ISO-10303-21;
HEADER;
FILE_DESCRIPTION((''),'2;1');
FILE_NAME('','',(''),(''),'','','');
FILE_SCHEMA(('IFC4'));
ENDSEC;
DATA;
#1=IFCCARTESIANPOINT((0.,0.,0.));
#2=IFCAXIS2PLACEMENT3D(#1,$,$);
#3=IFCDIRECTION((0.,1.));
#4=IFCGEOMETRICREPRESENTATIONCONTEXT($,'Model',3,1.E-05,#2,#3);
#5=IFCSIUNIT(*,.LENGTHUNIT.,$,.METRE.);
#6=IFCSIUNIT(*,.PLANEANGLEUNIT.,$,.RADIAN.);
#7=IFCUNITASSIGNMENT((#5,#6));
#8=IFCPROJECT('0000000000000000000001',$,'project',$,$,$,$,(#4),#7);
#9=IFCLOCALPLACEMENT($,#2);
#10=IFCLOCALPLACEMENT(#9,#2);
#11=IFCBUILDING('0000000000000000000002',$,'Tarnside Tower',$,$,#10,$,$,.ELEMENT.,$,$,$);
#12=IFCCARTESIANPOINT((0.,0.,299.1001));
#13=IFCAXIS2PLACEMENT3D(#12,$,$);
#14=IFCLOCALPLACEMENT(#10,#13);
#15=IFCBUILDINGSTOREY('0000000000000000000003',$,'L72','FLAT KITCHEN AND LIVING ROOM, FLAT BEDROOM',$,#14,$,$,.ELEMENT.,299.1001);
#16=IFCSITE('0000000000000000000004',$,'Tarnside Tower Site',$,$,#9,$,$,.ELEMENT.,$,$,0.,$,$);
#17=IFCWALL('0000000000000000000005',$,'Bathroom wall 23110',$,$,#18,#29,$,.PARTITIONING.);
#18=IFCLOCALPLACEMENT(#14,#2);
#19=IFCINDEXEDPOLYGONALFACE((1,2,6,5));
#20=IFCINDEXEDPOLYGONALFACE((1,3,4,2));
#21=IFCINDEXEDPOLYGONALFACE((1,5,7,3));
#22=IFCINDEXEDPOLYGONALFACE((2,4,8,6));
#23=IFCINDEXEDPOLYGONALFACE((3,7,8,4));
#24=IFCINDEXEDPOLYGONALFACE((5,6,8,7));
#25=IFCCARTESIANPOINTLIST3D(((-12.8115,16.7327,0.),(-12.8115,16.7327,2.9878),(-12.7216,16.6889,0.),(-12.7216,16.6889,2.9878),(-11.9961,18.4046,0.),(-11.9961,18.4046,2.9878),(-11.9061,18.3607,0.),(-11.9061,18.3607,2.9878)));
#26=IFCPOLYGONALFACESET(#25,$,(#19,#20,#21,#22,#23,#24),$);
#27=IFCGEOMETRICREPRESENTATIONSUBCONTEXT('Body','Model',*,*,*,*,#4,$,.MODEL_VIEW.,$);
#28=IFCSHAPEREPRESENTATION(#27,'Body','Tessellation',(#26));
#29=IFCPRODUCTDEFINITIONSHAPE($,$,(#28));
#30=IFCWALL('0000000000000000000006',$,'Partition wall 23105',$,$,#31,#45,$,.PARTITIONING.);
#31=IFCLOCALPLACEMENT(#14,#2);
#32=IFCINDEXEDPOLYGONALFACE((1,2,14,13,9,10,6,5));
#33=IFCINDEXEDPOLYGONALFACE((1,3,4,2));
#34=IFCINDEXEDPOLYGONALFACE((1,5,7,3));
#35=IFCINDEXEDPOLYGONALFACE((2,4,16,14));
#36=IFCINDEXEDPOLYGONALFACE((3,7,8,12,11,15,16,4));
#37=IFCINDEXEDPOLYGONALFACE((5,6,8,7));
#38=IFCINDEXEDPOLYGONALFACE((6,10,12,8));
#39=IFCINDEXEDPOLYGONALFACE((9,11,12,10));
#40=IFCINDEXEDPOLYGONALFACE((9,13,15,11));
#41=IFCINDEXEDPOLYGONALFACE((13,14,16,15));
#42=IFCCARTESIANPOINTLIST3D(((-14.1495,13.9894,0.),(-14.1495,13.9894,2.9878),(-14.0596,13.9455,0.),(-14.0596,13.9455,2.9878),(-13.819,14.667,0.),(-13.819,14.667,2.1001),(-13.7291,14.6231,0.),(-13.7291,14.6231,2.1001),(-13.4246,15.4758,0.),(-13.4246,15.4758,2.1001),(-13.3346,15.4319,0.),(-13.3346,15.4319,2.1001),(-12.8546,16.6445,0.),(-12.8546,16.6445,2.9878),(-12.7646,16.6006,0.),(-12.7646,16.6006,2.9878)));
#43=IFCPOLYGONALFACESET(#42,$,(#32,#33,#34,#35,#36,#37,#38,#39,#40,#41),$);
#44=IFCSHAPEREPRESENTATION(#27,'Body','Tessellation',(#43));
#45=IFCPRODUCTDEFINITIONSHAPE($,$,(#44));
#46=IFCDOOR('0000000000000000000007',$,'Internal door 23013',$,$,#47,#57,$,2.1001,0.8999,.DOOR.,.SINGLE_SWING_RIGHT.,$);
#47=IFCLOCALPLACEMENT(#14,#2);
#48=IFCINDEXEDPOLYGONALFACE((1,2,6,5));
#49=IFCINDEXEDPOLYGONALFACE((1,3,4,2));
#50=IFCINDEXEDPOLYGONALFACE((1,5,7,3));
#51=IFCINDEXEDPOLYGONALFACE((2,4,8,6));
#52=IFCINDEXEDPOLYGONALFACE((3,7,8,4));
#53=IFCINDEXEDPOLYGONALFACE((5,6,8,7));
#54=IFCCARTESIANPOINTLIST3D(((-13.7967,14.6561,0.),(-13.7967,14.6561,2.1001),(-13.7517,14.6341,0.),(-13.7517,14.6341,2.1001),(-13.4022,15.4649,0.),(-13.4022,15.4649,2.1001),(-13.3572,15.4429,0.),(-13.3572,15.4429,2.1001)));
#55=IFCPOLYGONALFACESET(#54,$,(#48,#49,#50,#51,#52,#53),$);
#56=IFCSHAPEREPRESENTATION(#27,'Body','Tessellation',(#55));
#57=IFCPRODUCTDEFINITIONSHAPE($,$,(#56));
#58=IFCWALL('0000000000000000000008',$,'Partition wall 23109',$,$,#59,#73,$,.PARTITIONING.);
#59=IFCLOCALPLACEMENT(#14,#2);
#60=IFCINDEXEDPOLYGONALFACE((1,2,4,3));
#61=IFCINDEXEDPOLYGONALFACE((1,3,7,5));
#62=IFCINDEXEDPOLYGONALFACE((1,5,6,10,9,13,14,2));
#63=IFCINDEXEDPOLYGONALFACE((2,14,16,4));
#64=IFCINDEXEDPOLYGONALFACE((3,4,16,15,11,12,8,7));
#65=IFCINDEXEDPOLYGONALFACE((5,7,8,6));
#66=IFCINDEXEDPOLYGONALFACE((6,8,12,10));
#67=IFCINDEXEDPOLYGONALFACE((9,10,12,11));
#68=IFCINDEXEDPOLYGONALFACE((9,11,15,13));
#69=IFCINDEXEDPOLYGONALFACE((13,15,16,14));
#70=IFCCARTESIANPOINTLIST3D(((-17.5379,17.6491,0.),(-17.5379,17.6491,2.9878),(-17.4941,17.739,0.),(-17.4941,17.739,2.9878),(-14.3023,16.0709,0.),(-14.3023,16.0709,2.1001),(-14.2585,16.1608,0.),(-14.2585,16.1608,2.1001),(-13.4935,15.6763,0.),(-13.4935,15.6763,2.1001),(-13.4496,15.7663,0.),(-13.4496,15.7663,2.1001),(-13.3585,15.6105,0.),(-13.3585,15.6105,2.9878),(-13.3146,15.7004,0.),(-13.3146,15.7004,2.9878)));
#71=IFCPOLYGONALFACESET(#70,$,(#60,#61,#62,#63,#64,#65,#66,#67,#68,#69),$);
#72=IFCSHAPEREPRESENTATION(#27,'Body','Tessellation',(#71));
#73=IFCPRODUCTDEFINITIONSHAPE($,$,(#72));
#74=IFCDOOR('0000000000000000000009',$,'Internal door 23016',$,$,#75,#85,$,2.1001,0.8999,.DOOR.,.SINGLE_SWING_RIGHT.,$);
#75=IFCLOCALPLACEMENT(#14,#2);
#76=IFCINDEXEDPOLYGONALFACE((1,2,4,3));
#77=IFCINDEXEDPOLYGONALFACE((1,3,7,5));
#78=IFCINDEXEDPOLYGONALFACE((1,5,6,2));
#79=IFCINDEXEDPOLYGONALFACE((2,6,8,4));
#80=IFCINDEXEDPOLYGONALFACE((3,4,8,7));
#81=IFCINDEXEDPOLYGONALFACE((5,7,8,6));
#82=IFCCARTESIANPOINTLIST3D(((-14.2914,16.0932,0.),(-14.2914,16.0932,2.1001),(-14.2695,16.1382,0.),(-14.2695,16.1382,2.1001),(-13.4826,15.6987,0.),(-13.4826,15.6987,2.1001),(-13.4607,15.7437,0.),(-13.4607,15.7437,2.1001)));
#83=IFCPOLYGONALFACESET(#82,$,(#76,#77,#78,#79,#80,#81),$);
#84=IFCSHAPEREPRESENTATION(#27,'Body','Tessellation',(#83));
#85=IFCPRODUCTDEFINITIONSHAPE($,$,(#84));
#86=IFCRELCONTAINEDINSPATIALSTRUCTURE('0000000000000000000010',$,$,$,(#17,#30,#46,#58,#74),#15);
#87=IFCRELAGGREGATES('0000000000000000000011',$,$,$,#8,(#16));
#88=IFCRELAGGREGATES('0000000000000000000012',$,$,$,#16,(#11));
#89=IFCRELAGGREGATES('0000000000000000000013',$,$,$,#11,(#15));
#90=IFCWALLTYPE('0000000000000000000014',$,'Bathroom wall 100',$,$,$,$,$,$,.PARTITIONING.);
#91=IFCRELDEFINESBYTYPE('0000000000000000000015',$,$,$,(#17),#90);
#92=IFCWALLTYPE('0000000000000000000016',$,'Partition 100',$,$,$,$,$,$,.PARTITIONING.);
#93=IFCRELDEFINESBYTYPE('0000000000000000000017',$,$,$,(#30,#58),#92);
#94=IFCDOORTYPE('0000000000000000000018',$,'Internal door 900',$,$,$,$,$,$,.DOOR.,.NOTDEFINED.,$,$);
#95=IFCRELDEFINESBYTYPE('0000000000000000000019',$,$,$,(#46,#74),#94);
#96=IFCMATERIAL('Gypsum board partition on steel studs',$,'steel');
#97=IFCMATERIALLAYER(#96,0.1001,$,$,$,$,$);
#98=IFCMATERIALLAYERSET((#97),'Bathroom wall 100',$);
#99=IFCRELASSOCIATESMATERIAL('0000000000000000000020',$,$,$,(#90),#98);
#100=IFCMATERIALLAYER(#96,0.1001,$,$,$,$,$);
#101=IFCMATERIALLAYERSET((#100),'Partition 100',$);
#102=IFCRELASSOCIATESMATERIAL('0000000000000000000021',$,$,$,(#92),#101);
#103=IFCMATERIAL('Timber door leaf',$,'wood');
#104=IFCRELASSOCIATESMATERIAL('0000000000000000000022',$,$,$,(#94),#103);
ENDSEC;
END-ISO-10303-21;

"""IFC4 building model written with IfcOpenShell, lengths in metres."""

from ifc_helpers import new_model, si_unit, direction, frame, frame_2d, origin, place, context, subcontext, project, spatial, rectangle, extrude, material, layer, layer_set, type_object, element, fill, save


model = new_model("IFC4")

# Units and contexts
model_context = context("Model", 3, precision=1e-05, world=origin(), true_north=direction((0.0, 1.0)))
body_context = subcontext(model_context, "Body", "Model", "MODEL_VIEW")
ifc_project = project(units=[si_unit("LENGTHUNIT", "METRE"), si_unit("PLANEANGLEUNIT", "RADIAN")], contexts=[model_context])

# Site, building, storey
site_placement = place(None, origin())
site = spatial("IfcSite", under=ifc_project, at=site_placement, Name="Tarnside Tower Site", CompositionType="ELEMENT", RefElevation=0.0)
building_placement = place(site_placement, origin())
building = spatial("IfcBuilding", under=site, at=building_placement, Name="Tarnside Tower", CompositionType="ELEMENT")
storey_placement = place(building_placement, frame((0.0, 0.0, 299.1001)))
storey = spatial("IfcBuildingStorey", under=building, at=storey_placement, Name="L72", Description="FLAT KITCHEN AND LIVING ROOM, FLAT BEDROOM", CompositionType="ELEMENT", Elevation=299.1001)

# Shared definitions
ifc_material_1 = material(Name="Gypsum board partition on steel studs", Category="steel")
ifc_layer_1 = layer(ifc_material_1, 0.1001)
ifc_layer_set_1 = layer_set([ifc_layer_1], Name="Bathroom wall 100")
wall_type_1 = type_object("IfcWallType", Name="Bathroom wall 100", PredefinedType="PARTITIONING", material=ifc_layer_set_1)
ifc_material_2 = material(Name="Timber door leaf", Category="wood")

# Wall
wall_1_placement = place(storey_placement, frame((-12.7666, 16.7107, 0.0), z_axis=(0.0, 0.0, 1.0), x_axis=(0.438372, 0.898794, 0.0)))
element("IfcWall", 1, at=wall_1_placement, inside=storey, type_object=wall_type_1, Name="Bathroom wall 23110", PredefinedType="PARTITIONING", context=body_context, shape_type="SweptSolid", body=[
    extrude(rectangle(XDim=1.8601, YDim=0.1001, at=frame_2d((0.9302, 0.0))), origin(), (0.0, 0.0, 1.0), 2.9878),
])

# Walls, openings, doors
ifc_layer_2 = layer(ifc_material_1, 0.1001)
ifc_layer_set_2 = layer_set([ifc_layer_2], Name="Partition 100")
wall_type_2 = type_object("IfcWallType", Name="Partition 100", PredefinedType="PARTITIONING", material=ifc_layer_set_2)
wall_2_placement = place(storey_placement, frame((-12.8096, 16.6226, 0.0), z_axis=(0.0, 0.0, 1.0), x_axis=(-0.438365, -0.898797, 0.0)))
wall_2 = element("IfcWall", 2, at=wall_2_placement, inside=storey, type_object=wall_type_2, Name="Partition wall 23105", PredefinedType="PARTITIONING", context=body_context, shape_type="SweptSolid", body=[
    extrude(rectangle(XDim=2.9541, YDim=0.1001, at=frame_2d((1.4771, 0.0))), origin(), (0.0, 0.0, 1.0), 2.9878),
])
opening_1_placement = place(wall_2_placement, frame((1.3003, 0.0, 0.0)))
opening_1 = element("IfcOpeningElement", 3, at=opening_1_placement, cuts=wall_2, PredefinedType="OPENING", context=body_context, shape_type="SweptSolid", body=[
    extrude(rectangle(XDim=0.8999, YDim=2.1001, at=frame_2d((0.45, 1.05))), frame((0.0, 0.0601, 0.0), z_axis=(0.0, -1.0, 0.0), x_axis=(1.0, 0.0, 0.0)), (0.0, 0.0, 1.0), 0.1201),
])
door_type_1 = type_object("IfcDoorType", Name="Internal door 900", OperationType="NOTDEFINED", PredefinedType="DOOR", material=ifc_material_2)
door_1_placement = place(opening_1_placement, origin())
door_1 = element("IfcDoor", 4, at=door_1_placement, inside=storey, type_object=door_type_1, Name="Internal door 23013", OperationType="SINGLE_SWING_RIGHT", OverallHeight=2.1001, OverallWidth=0.8999, PredefinedType="DOOR", context=body_context, shape_type="SweptSolid", body=[
    extrude(rectangle(XDim=0.8999, YDim=2.1001, at=frame_2d((0.45, 1.05))), frame((0.0, 0.0249, 0.0), z_axis=(0.0, -1.0, 0.0), x_axis=(1.0, 0.0, 0.0)), (0.0, 0.0, 1.0), 0.05),
])
fill(opening_1, door_1)
wall_3_placement = place(storey_placement, frame((-17.5161, 17.6941, 0.0), z_axis=(0.0, 0.0, 1.0), x_axis=(0.898784, -0.438393, 0.0)))
wall_3 = element("IfcWall", 5, at=wall_3_placement, inside=storey, type_object=wall_type_2, Name="Partition wall 23109", PredefinedType="PARTITIONING", context=body_context, shape_type="SweptSolid", body=[
    extrude(rectangle(XDim=4.6501, YDim=0.1001, at=frame_2d((2.3252, 0.0))), origin(), (0.0, 0.0, 1.0), 2.9878),
])
opening_2_placement = place(wall_3_placement, frame((3.6001, 0.0, 0.0)))
opening_2 = element("IfcOpeningElement", 6, at=opening_2_placement, cuts=wall_3, PredefinedType="OPENING", context=body_context, shape_type="SweptSolid", body=[
    extrude(rectangle(XDim=0.8999, YDim=2.1001, at=frame_2d((0.45, 1.05))), frame((0.0, 0.0601, 0.0), z_axis=(0.0, -1.0, 0.0), x_axis=(1.0, 0.0, 0.0)), (0.0, 0.0, 1.0), 0.1201),
])
door_2_placement = place(opening_2_placement, origin())
door_2 = element("IfcDoor", 7, at=door_2_placement, inside=storey, type_object=door_type_1, Name="Internal door 23016", OperationType="SINGLE_SWING_RIGHT", OverallHeight=2.1001, OverallWidth=0.8999, PredefinedType="DOOR", context=body_context, shape_type="SweptSolid", body=[
    extrude(rectangle(XDim=0.8999, YDim=2.1001, at=frame_2d((0.45, 1.05))), frame((0.0, 0.0249, 0.0), z_axis=(0.0, -1.0, 0.0), x_axis=(1.0, 0.0, 0.0)), (0.0, 0.0, 1.0), 0.05),
])
fill(opening_2, door_2)

save(model, "model.ifc")
